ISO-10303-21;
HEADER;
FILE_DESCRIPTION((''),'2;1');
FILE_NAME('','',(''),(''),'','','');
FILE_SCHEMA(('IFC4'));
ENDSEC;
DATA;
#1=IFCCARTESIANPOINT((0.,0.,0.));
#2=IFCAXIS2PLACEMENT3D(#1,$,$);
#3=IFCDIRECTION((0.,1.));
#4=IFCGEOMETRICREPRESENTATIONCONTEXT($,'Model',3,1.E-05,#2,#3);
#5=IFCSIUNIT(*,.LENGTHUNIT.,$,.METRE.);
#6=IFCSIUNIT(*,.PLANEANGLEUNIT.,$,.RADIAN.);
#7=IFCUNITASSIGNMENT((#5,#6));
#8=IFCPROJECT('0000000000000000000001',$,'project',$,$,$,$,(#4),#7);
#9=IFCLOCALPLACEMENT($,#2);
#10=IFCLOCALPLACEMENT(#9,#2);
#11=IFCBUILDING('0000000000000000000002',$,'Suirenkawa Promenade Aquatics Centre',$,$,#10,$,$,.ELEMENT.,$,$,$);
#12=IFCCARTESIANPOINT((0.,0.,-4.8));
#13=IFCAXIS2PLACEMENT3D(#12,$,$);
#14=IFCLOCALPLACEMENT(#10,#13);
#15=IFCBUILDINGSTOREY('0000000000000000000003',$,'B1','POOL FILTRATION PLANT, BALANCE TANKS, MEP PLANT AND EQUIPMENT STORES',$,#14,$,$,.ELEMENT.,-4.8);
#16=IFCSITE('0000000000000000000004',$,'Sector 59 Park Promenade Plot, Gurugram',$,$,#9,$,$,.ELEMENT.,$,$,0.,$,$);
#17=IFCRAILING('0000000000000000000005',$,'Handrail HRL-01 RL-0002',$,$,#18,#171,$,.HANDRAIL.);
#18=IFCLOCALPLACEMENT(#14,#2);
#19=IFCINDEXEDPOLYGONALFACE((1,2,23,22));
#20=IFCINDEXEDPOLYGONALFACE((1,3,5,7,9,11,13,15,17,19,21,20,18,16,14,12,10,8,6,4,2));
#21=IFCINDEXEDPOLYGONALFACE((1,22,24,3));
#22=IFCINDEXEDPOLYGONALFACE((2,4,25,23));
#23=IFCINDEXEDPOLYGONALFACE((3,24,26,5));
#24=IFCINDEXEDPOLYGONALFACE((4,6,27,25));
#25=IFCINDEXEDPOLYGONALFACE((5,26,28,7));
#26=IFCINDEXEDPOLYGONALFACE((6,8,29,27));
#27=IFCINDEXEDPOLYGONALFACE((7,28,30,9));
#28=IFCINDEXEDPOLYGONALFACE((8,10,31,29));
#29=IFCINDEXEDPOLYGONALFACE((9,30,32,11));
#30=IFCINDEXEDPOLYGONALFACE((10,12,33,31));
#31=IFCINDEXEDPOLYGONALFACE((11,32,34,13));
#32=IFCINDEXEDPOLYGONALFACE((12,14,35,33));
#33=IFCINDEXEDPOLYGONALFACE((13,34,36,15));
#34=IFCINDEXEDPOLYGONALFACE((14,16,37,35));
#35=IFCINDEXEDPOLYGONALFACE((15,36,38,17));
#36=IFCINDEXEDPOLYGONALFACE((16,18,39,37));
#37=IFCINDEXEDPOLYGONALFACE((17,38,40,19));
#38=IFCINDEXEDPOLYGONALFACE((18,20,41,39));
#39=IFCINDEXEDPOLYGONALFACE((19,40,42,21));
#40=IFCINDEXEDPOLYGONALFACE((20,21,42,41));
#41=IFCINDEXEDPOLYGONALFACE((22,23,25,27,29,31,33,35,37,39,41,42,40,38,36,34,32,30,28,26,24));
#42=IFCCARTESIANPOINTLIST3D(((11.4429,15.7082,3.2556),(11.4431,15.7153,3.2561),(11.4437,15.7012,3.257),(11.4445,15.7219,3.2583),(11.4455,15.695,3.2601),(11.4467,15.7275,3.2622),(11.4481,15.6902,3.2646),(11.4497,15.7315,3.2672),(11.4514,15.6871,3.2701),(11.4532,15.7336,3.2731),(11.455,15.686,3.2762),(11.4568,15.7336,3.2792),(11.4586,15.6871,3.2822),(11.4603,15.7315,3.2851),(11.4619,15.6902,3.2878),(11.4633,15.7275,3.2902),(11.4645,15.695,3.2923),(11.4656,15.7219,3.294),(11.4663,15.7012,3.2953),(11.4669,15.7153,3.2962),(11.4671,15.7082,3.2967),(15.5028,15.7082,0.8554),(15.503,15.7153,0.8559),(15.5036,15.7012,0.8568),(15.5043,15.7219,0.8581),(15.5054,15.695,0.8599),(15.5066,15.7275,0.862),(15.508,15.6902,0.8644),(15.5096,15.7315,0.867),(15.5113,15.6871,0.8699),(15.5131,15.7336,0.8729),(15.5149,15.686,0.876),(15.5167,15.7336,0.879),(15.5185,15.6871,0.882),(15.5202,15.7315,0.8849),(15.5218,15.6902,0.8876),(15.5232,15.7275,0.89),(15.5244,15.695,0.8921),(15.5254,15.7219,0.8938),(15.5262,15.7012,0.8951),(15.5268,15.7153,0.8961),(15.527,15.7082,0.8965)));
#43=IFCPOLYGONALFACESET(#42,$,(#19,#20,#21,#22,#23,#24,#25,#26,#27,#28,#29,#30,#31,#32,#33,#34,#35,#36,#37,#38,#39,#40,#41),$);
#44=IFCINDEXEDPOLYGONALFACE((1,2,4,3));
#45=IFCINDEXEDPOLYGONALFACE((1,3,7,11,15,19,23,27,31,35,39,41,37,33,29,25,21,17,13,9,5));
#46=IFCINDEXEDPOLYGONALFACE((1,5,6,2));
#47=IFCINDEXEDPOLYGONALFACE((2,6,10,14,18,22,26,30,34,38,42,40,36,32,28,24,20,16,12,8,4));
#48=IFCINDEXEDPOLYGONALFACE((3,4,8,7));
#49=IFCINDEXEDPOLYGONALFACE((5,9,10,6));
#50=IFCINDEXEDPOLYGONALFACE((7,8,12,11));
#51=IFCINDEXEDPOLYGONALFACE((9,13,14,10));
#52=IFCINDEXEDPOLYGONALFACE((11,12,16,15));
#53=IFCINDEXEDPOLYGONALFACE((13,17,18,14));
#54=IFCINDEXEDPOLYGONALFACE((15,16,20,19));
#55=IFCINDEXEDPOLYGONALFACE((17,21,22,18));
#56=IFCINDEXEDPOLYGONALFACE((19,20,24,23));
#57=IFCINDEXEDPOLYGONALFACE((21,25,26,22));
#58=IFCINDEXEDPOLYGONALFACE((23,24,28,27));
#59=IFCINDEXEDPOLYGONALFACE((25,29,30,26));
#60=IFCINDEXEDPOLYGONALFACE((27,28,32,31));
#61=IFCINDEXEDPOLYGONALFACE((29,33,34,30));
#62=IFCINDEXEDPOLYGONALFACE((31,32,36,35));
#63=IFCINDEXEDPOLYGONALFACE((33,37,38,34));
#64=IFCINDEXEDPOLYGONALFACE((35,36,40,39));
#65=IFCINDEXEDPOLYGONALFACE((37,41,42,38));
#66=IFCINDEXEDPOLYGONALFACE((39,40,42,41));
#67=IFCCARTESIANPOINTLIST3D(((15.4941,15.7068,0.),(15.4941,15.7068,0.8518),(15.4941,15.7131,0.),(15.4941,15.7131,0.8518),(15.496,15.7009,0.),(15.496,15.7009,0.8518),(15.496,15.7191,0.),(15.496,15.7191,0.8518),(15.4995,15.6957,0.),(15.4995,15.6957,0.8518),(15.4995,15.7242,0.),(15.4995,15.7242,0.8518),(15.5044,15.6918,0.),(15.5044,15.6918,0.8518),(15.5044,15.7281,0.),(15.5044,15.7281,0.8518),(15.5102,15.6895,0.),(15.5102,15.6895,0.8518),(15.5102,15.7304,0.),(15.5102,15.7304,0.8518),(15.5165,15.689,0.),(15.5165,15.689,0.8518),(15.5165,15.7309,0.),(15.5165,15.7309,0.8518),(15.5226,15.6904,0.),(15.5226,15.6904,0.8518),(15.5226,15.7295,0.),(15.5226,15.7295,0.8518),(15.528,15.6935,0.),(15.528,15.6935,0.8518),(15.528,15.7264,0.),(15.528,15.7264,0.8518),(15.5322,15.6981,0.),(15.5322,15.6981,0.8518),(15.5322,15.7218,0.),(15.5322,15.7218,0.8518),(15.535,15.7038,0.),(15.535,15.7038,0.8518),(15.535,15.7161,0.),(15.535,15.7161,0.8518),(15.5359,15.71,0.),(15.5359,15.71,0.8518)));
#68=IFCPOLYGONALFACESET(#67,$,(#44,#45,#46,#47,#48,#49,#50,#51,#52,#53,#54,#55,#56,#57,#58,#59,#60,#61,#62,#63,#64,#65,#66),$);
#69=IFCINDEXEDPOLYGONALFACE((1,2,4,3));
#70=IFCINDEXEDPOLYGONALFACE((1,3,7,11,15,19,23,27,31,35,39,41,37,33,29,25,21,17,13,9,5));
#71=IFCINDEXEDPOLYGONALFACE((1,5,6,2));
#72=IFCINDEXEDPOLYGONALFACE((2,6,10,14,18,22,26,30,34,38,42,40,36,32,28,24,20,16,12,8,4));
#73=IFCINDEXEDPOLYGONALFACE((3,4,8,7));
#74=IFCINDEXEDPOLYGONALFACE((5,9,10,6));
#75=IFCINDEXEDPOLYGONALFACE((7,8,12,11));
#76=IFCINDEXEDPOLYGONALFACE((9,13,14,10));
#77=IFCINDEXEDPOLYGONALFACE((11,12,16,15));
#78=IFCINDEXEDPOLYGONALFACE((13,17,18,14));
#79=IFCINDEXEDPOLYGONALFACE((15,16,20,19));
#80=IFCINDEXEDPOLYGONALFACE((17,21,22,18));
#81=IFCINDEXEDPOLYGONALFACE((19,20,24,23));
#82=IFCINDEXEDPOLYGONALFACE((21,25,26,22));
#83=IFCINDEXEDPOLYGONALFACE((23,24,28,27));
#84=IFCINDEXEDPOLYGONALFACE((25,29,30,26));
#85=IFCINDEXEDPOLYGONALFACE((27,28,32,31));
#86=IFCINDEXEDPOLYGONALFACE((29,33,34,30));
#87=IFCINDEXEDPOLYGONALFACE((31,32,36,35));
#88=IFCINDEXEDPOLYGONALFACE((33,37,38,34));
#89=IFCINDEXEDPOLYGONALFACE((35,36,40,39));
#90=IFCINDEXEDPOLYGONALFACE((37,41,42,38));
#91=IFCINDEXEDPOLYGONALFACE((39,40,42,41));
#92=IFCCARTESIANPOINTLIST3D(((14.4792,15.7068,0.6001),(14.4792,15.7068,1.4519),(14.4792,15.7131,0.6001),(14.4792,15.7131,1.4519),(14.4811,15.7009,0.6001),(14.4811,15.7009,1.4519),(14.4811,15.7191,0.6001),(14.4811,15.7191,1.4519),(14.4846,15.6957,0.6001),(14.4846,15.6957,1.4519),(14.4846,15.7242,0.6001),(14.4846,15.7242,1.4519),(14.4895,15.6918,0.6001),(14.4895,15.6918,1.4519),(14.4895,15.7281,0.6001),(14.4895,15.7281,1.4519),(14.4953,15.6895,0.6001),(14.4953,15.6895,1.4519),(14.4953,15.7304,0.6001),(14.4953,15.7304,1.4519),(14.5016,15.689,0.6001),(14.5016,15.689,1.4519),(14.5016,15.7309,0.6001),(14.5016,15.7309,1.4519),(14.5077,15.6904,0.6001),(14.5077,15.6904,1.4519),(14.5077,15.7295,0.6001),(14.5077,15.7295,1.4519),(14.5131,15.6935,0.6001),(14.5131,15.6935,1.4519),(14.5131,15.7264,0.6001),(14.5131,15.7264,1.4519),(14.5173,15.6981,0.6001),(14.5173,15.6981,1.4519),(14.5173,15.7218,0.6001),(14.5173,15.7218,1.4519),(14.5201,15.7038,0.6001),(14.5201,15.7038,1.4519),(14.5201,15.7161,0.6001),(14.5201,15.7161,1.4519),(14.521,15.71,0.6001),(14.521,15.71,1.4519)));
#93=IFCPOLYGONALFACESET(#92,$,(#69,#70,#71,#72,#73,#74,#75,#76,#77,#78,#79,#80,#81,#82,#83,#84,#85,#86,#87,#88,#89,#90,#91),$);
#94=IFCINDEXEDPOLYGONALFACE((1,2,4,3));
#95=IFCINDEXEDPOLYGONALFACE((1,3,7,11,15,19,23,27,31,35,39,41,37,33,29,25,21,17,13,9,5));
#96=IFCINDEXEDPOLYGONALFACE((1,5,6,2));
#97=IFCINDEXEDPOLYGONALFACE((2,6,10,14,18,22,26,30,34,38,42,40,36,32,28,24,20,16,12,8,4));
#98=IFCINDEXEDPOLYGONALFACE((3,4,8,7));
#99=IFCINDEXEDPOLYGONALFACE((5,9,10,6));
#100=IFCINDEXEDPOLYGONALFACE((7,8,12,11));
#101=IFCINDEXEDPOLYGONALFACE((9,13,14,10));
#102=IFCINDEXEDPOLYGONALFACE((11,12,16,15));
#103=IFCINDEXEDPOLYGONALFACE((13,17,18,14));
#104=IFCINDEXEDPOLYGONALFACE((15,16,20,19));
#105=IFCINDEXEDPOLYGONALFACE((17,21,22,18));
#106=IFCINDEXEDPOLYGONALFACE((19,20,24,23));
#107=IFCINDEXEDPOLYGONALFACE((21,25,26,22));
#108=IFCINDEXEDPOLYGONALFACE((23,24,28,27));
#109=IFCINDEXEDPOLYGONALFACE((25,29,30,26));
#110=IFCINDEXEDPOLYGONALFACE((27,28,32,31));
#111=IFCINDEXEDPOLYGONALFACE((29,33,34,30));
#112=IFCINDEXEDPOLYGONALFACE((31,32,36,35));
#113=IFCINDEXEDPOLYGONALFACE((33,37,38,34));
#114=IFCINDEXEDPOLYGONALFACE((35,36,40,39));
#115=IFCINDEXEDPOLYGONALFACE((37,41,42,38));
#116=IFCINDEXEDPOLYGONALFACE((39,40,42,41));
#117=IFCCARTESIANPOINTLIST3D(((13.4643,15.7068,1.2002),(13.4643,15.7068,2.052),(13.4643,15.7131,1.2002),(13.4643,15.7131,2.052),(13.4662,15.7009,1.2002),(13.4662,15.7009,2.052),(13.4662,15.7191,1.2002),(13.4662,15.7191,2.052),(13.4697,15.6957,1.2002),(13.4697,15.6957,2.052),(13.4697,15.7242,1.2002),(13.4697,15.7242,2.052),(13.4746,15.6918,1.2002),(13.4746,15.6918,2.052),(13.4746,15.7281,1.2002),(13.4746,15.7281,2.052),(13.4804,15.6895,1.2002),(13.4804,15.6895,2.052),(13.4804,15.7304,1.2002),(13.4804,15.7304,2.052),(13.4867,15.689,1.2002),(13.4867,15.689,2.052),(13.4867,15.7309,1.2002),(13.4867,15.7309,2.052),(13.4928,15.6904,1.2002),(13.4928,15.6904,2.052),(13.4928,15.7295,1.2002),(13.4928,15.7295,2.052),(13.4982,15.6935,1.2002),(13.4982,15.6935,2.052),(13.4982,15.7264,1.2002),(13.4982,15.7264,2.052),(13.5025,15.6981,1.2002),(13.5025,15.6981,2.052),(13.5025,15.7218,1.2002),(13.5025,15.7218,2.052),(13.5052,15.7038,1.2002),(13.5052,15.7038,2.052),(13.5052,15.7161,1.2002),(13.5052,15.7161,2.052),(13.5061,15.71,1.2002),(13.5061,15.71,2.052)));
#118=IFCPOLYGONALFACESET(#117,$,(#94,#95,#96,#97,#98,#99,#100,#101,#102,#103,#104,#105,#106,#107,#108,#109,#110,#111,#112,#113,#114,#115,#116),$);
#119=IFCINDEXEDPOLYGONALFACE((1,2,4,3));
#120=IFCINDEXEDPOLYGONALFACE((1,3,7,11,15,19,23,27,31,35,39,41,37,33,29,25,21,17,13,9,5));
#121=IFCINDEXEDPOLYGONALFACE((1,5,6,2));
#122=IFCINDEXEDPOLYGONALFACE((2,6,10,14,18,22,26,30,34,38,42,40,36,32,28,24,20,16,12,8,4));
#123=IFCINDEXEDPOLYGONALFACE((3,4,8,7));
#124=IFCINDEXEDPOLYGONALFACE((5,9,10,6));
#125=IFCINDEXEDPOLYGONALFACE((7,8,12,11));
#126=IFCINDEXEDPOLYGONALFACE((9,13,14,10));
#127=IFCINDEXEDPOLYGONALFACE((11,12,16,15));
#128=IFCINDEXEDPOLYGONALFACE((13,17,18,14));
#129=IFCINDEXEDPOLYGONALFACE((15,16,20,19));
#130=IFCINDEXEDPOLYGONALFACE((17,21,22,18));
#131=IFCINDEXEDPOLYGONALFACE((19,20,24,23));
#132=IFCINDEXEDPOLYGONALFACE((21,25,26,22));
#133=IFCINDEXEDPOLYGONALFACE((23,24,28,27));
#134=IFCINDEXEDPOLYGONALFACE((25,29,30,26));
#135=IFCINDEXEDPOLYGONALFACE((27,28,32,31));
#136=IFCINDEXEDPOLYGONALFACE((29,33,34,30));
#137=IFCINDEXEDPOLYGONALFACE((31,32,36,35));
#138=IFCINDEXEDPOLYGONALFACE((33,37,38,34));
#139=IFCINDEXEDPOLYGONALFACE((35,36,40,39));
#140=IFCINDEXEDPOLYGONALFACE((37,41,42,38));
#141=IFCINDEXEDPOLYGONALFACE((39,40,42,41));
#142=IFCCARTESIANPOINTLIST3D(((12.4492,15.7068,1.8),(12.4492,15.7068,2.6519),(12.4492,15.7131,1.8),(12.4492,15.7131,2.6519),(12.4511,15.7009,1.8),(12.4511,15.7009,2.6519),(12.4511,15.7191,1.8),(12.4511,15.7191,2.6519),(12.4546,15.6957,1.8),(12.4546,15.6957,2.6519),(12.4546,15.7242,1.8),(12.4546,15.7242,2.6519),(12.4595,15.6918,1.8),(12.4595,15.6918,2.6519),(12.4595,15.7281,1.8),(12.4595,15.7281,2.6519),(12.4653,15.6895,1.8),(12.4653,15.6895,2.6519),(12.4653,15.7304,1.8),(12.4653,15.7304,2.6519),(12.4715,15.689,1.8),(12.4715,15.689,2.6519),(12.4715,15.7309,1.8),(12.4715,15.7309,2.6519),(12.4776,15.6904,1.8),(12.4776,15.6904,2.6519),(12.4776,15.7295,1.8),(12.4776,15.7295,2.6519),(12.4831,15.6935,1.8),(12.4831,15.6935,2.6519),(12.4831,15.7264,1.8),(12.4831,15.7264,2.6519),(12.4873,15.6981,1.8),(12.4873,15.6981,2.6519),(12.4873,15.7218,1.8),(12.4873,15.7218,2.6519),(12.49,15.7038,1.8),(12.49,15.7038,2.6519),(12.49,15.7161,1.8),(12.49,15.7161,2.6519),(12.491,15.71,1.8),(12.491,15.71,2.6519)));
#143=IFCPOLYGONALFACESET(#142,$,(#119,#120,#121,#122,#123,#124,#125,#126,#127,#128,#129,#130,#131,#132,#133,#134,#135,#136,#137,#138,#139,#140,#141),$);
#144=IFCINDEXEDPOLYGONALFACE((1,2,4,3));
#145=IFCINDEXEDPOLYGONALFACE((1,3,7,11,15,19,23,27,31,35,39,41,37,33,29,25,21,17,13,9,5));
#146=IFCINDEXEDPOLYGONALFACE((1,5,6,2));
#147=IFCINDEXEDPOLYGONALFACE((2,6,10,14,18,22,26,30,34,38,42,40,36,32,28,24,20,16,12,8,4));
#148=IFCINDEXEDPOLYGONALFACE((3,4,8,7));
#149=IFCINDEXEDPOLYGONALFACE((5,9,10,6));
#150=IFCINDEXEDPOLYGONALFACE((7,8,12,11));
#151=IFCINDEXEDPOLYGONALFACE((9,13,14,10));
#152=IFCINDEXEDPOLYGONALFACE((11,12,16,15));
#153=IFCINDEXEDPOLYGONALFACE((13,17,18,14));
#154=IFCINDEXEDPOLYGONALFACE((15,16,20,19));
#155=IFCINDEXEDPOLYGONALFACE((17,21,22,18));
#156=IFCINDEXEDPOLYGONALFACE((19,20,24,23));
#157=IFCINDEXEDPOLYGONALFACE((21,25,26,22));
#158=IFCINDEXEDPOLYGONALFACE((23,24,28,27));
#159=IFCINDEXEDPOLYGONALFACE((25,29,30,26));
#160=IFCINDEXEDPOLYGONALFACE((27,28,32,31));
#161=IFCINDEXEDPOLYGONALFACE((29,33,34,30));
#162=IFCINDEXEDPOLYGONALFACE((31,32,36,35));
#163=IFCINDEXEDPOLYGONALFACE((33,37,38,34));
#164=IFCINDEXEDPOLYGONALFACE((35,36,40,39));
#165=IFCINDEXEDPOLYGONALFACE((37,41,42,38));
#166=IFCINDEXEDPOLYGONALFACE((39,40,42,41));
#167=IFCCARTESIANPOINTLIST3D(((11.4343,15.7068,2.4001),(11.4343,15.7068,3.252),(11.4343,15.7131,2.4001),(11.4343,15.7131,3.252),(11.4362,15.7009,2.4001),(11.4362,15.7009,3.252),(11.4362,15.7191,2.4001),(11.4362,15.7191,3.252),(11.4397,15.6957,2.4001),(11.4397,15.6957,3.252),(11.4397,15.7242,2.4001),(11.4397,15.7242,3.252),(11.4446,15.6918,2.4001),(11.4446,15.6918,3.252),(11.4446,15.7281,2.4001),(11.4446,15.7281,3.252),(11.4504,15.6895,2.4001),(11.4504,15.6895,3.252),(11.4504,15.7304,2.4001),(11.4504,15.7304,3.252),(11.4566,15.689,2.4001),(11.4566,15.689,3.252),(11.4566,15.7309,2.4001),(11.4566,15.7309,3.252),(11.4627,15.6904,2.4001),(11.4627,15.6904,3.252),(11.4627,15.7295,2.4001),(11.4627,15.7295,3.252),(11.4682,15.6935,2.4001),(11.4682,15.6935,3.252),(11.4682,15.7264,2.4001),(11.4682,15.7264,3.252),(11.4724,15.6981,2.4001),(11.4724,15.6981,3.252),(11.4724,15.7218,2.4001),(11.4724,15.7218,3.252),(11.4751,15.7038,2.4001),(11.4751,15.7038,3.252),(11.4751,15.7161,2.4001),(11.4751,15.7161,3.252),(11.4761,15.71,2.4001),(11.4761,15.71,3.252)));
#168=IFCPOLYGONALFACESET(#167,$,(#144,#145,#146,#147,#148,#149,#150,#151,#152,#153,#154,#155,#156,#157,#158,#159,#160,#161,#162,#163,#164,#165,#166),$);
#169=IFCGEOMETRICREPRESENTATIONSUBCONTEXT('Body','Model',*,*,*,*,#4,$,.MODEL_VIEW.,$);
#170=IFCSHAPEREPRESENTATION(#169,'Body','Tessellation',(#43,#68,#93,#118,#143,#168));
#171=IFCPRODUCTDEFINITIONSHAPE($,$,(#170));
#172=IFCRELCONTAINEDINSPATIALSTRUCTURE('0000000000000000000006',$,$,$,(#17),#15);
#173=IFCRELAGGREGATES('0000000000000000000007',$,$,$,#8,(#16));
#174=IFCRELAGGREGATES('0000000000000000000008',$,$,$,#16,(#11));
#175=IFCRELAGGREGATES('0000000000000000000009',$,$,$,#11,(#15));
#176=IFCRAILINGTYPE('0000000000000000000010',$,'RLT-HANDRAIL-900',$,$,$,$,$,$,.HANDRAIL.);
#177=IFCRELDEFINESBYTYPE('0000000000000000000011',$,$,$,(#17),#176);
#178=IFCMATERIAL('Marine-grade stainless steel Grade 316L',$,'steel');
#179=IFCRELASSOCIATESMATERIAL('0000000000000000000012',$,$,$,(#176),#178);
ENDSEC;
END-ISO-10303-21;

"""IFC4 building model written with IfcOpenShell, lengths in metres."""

from ifc_helpers import new_model, si_unit, direction, frame, origin, origin_2d, place, context, subcontext, project, spatial, circle, extrude, material, type_object, element, save


model = new_model("IFC4")

# Units and contexts
model_context = context("Model", 3, precision=1e-05, world=origin(), true_north=direction((0.0, 1.0)))
body_context = subcontext(model_context, "Body", "Model", "MODEL_VIEW")
ifc_project = project(units=[si_unit("LENGTHUNIT", "METRE"), si_unit("PLANEANGLEUNIT", "RADIAN")], contexts=[model_context])

# Site, building, storey
site_placement = place(None, origin())
site = spatial("IfcSite", under=ifc_project, at=site_placement, Name="Sector 59 Park Promenade Plot, Gurugram", CompositionType="ELEMENT", RefElevation=0.0)
building_placement = place(site_placement, origin())
building = spatial("IfcBuilding", under=site, at=building_placement, Name="Suirenkawa Promenade Aquatics Centre", CompositionType="ELEMENT")
storey_placement = place(building_placement, frame((0.0, 0.0, -4.8)))
storey = spatial("IfcBuildingStorey", under=building, at=storey_placement, Name="B1", Description="POOL FILTRATION PLANT, BALANCE TANKS, MEP PLANT AND EQUIPMENT STORES", CompositionType="ELEMENT", Elevation=-4.8)

# Railing
ifc_material_1 = material(Name="Marine-grade stainless steel Grade 316L", Category="steel")
railing_type_1 = type_object("IfcRailingType", Name="RLT-HANDRAIL-900", PredefinedType="HANDRAIL", material=ifc_material_1)
for number, where, name in (
    (1, (15.5149, 15.71, 0.0), "Handrail HRL-01 RL-0002"),
):
    element("IfcRailing", number, at=place(storey_placement, frame(where)), inside=storey, type_object=railing_type_1, Name=name, PredefinedType="HANDRAIL", context=body_context, shape_type="SweptSolid", body=[
        extrude(circle(Radius=0.0239, at=origin_2d()), frame((0.0, 0.0, 0.876), z_axis=(-0.860818, 0.0, 0.508912), x_axis=(0.0, -1.0, 0.0)), (0.0, 0.0, 1.0), 4.7163),
        extrude(circle(Radius=0.021, at=origin_2d()), origin(), (0.0, 0.0, 1.0), 0.8518),
        extrude(circle(Radius=0.021, at=origin_2d()), frame((-1.0149, 0.0, 0.6001)), (0.0, 0.0, 1.0), 0.8518),
        extrude(circle(Radius=0.021, at=origin_2d()), frame((-2.0298, 0.0, 1.2002)), (0.0, 0.0, 1.0), 0.8518),
        extrude(circle(Radius=0.021, at=origin_2d()), frame((-3.0449, 0.0, 1.8)), (0.0, 0.0, 1.0), 0.8518),
        extrude(circle(Radius=0.021, at=origin_2d()), frame((-4.0598, 0.0, 2.4001)), (0.0, 0.0, 1.0), 0.8518),
    ])

save(model, "model.ifc")
